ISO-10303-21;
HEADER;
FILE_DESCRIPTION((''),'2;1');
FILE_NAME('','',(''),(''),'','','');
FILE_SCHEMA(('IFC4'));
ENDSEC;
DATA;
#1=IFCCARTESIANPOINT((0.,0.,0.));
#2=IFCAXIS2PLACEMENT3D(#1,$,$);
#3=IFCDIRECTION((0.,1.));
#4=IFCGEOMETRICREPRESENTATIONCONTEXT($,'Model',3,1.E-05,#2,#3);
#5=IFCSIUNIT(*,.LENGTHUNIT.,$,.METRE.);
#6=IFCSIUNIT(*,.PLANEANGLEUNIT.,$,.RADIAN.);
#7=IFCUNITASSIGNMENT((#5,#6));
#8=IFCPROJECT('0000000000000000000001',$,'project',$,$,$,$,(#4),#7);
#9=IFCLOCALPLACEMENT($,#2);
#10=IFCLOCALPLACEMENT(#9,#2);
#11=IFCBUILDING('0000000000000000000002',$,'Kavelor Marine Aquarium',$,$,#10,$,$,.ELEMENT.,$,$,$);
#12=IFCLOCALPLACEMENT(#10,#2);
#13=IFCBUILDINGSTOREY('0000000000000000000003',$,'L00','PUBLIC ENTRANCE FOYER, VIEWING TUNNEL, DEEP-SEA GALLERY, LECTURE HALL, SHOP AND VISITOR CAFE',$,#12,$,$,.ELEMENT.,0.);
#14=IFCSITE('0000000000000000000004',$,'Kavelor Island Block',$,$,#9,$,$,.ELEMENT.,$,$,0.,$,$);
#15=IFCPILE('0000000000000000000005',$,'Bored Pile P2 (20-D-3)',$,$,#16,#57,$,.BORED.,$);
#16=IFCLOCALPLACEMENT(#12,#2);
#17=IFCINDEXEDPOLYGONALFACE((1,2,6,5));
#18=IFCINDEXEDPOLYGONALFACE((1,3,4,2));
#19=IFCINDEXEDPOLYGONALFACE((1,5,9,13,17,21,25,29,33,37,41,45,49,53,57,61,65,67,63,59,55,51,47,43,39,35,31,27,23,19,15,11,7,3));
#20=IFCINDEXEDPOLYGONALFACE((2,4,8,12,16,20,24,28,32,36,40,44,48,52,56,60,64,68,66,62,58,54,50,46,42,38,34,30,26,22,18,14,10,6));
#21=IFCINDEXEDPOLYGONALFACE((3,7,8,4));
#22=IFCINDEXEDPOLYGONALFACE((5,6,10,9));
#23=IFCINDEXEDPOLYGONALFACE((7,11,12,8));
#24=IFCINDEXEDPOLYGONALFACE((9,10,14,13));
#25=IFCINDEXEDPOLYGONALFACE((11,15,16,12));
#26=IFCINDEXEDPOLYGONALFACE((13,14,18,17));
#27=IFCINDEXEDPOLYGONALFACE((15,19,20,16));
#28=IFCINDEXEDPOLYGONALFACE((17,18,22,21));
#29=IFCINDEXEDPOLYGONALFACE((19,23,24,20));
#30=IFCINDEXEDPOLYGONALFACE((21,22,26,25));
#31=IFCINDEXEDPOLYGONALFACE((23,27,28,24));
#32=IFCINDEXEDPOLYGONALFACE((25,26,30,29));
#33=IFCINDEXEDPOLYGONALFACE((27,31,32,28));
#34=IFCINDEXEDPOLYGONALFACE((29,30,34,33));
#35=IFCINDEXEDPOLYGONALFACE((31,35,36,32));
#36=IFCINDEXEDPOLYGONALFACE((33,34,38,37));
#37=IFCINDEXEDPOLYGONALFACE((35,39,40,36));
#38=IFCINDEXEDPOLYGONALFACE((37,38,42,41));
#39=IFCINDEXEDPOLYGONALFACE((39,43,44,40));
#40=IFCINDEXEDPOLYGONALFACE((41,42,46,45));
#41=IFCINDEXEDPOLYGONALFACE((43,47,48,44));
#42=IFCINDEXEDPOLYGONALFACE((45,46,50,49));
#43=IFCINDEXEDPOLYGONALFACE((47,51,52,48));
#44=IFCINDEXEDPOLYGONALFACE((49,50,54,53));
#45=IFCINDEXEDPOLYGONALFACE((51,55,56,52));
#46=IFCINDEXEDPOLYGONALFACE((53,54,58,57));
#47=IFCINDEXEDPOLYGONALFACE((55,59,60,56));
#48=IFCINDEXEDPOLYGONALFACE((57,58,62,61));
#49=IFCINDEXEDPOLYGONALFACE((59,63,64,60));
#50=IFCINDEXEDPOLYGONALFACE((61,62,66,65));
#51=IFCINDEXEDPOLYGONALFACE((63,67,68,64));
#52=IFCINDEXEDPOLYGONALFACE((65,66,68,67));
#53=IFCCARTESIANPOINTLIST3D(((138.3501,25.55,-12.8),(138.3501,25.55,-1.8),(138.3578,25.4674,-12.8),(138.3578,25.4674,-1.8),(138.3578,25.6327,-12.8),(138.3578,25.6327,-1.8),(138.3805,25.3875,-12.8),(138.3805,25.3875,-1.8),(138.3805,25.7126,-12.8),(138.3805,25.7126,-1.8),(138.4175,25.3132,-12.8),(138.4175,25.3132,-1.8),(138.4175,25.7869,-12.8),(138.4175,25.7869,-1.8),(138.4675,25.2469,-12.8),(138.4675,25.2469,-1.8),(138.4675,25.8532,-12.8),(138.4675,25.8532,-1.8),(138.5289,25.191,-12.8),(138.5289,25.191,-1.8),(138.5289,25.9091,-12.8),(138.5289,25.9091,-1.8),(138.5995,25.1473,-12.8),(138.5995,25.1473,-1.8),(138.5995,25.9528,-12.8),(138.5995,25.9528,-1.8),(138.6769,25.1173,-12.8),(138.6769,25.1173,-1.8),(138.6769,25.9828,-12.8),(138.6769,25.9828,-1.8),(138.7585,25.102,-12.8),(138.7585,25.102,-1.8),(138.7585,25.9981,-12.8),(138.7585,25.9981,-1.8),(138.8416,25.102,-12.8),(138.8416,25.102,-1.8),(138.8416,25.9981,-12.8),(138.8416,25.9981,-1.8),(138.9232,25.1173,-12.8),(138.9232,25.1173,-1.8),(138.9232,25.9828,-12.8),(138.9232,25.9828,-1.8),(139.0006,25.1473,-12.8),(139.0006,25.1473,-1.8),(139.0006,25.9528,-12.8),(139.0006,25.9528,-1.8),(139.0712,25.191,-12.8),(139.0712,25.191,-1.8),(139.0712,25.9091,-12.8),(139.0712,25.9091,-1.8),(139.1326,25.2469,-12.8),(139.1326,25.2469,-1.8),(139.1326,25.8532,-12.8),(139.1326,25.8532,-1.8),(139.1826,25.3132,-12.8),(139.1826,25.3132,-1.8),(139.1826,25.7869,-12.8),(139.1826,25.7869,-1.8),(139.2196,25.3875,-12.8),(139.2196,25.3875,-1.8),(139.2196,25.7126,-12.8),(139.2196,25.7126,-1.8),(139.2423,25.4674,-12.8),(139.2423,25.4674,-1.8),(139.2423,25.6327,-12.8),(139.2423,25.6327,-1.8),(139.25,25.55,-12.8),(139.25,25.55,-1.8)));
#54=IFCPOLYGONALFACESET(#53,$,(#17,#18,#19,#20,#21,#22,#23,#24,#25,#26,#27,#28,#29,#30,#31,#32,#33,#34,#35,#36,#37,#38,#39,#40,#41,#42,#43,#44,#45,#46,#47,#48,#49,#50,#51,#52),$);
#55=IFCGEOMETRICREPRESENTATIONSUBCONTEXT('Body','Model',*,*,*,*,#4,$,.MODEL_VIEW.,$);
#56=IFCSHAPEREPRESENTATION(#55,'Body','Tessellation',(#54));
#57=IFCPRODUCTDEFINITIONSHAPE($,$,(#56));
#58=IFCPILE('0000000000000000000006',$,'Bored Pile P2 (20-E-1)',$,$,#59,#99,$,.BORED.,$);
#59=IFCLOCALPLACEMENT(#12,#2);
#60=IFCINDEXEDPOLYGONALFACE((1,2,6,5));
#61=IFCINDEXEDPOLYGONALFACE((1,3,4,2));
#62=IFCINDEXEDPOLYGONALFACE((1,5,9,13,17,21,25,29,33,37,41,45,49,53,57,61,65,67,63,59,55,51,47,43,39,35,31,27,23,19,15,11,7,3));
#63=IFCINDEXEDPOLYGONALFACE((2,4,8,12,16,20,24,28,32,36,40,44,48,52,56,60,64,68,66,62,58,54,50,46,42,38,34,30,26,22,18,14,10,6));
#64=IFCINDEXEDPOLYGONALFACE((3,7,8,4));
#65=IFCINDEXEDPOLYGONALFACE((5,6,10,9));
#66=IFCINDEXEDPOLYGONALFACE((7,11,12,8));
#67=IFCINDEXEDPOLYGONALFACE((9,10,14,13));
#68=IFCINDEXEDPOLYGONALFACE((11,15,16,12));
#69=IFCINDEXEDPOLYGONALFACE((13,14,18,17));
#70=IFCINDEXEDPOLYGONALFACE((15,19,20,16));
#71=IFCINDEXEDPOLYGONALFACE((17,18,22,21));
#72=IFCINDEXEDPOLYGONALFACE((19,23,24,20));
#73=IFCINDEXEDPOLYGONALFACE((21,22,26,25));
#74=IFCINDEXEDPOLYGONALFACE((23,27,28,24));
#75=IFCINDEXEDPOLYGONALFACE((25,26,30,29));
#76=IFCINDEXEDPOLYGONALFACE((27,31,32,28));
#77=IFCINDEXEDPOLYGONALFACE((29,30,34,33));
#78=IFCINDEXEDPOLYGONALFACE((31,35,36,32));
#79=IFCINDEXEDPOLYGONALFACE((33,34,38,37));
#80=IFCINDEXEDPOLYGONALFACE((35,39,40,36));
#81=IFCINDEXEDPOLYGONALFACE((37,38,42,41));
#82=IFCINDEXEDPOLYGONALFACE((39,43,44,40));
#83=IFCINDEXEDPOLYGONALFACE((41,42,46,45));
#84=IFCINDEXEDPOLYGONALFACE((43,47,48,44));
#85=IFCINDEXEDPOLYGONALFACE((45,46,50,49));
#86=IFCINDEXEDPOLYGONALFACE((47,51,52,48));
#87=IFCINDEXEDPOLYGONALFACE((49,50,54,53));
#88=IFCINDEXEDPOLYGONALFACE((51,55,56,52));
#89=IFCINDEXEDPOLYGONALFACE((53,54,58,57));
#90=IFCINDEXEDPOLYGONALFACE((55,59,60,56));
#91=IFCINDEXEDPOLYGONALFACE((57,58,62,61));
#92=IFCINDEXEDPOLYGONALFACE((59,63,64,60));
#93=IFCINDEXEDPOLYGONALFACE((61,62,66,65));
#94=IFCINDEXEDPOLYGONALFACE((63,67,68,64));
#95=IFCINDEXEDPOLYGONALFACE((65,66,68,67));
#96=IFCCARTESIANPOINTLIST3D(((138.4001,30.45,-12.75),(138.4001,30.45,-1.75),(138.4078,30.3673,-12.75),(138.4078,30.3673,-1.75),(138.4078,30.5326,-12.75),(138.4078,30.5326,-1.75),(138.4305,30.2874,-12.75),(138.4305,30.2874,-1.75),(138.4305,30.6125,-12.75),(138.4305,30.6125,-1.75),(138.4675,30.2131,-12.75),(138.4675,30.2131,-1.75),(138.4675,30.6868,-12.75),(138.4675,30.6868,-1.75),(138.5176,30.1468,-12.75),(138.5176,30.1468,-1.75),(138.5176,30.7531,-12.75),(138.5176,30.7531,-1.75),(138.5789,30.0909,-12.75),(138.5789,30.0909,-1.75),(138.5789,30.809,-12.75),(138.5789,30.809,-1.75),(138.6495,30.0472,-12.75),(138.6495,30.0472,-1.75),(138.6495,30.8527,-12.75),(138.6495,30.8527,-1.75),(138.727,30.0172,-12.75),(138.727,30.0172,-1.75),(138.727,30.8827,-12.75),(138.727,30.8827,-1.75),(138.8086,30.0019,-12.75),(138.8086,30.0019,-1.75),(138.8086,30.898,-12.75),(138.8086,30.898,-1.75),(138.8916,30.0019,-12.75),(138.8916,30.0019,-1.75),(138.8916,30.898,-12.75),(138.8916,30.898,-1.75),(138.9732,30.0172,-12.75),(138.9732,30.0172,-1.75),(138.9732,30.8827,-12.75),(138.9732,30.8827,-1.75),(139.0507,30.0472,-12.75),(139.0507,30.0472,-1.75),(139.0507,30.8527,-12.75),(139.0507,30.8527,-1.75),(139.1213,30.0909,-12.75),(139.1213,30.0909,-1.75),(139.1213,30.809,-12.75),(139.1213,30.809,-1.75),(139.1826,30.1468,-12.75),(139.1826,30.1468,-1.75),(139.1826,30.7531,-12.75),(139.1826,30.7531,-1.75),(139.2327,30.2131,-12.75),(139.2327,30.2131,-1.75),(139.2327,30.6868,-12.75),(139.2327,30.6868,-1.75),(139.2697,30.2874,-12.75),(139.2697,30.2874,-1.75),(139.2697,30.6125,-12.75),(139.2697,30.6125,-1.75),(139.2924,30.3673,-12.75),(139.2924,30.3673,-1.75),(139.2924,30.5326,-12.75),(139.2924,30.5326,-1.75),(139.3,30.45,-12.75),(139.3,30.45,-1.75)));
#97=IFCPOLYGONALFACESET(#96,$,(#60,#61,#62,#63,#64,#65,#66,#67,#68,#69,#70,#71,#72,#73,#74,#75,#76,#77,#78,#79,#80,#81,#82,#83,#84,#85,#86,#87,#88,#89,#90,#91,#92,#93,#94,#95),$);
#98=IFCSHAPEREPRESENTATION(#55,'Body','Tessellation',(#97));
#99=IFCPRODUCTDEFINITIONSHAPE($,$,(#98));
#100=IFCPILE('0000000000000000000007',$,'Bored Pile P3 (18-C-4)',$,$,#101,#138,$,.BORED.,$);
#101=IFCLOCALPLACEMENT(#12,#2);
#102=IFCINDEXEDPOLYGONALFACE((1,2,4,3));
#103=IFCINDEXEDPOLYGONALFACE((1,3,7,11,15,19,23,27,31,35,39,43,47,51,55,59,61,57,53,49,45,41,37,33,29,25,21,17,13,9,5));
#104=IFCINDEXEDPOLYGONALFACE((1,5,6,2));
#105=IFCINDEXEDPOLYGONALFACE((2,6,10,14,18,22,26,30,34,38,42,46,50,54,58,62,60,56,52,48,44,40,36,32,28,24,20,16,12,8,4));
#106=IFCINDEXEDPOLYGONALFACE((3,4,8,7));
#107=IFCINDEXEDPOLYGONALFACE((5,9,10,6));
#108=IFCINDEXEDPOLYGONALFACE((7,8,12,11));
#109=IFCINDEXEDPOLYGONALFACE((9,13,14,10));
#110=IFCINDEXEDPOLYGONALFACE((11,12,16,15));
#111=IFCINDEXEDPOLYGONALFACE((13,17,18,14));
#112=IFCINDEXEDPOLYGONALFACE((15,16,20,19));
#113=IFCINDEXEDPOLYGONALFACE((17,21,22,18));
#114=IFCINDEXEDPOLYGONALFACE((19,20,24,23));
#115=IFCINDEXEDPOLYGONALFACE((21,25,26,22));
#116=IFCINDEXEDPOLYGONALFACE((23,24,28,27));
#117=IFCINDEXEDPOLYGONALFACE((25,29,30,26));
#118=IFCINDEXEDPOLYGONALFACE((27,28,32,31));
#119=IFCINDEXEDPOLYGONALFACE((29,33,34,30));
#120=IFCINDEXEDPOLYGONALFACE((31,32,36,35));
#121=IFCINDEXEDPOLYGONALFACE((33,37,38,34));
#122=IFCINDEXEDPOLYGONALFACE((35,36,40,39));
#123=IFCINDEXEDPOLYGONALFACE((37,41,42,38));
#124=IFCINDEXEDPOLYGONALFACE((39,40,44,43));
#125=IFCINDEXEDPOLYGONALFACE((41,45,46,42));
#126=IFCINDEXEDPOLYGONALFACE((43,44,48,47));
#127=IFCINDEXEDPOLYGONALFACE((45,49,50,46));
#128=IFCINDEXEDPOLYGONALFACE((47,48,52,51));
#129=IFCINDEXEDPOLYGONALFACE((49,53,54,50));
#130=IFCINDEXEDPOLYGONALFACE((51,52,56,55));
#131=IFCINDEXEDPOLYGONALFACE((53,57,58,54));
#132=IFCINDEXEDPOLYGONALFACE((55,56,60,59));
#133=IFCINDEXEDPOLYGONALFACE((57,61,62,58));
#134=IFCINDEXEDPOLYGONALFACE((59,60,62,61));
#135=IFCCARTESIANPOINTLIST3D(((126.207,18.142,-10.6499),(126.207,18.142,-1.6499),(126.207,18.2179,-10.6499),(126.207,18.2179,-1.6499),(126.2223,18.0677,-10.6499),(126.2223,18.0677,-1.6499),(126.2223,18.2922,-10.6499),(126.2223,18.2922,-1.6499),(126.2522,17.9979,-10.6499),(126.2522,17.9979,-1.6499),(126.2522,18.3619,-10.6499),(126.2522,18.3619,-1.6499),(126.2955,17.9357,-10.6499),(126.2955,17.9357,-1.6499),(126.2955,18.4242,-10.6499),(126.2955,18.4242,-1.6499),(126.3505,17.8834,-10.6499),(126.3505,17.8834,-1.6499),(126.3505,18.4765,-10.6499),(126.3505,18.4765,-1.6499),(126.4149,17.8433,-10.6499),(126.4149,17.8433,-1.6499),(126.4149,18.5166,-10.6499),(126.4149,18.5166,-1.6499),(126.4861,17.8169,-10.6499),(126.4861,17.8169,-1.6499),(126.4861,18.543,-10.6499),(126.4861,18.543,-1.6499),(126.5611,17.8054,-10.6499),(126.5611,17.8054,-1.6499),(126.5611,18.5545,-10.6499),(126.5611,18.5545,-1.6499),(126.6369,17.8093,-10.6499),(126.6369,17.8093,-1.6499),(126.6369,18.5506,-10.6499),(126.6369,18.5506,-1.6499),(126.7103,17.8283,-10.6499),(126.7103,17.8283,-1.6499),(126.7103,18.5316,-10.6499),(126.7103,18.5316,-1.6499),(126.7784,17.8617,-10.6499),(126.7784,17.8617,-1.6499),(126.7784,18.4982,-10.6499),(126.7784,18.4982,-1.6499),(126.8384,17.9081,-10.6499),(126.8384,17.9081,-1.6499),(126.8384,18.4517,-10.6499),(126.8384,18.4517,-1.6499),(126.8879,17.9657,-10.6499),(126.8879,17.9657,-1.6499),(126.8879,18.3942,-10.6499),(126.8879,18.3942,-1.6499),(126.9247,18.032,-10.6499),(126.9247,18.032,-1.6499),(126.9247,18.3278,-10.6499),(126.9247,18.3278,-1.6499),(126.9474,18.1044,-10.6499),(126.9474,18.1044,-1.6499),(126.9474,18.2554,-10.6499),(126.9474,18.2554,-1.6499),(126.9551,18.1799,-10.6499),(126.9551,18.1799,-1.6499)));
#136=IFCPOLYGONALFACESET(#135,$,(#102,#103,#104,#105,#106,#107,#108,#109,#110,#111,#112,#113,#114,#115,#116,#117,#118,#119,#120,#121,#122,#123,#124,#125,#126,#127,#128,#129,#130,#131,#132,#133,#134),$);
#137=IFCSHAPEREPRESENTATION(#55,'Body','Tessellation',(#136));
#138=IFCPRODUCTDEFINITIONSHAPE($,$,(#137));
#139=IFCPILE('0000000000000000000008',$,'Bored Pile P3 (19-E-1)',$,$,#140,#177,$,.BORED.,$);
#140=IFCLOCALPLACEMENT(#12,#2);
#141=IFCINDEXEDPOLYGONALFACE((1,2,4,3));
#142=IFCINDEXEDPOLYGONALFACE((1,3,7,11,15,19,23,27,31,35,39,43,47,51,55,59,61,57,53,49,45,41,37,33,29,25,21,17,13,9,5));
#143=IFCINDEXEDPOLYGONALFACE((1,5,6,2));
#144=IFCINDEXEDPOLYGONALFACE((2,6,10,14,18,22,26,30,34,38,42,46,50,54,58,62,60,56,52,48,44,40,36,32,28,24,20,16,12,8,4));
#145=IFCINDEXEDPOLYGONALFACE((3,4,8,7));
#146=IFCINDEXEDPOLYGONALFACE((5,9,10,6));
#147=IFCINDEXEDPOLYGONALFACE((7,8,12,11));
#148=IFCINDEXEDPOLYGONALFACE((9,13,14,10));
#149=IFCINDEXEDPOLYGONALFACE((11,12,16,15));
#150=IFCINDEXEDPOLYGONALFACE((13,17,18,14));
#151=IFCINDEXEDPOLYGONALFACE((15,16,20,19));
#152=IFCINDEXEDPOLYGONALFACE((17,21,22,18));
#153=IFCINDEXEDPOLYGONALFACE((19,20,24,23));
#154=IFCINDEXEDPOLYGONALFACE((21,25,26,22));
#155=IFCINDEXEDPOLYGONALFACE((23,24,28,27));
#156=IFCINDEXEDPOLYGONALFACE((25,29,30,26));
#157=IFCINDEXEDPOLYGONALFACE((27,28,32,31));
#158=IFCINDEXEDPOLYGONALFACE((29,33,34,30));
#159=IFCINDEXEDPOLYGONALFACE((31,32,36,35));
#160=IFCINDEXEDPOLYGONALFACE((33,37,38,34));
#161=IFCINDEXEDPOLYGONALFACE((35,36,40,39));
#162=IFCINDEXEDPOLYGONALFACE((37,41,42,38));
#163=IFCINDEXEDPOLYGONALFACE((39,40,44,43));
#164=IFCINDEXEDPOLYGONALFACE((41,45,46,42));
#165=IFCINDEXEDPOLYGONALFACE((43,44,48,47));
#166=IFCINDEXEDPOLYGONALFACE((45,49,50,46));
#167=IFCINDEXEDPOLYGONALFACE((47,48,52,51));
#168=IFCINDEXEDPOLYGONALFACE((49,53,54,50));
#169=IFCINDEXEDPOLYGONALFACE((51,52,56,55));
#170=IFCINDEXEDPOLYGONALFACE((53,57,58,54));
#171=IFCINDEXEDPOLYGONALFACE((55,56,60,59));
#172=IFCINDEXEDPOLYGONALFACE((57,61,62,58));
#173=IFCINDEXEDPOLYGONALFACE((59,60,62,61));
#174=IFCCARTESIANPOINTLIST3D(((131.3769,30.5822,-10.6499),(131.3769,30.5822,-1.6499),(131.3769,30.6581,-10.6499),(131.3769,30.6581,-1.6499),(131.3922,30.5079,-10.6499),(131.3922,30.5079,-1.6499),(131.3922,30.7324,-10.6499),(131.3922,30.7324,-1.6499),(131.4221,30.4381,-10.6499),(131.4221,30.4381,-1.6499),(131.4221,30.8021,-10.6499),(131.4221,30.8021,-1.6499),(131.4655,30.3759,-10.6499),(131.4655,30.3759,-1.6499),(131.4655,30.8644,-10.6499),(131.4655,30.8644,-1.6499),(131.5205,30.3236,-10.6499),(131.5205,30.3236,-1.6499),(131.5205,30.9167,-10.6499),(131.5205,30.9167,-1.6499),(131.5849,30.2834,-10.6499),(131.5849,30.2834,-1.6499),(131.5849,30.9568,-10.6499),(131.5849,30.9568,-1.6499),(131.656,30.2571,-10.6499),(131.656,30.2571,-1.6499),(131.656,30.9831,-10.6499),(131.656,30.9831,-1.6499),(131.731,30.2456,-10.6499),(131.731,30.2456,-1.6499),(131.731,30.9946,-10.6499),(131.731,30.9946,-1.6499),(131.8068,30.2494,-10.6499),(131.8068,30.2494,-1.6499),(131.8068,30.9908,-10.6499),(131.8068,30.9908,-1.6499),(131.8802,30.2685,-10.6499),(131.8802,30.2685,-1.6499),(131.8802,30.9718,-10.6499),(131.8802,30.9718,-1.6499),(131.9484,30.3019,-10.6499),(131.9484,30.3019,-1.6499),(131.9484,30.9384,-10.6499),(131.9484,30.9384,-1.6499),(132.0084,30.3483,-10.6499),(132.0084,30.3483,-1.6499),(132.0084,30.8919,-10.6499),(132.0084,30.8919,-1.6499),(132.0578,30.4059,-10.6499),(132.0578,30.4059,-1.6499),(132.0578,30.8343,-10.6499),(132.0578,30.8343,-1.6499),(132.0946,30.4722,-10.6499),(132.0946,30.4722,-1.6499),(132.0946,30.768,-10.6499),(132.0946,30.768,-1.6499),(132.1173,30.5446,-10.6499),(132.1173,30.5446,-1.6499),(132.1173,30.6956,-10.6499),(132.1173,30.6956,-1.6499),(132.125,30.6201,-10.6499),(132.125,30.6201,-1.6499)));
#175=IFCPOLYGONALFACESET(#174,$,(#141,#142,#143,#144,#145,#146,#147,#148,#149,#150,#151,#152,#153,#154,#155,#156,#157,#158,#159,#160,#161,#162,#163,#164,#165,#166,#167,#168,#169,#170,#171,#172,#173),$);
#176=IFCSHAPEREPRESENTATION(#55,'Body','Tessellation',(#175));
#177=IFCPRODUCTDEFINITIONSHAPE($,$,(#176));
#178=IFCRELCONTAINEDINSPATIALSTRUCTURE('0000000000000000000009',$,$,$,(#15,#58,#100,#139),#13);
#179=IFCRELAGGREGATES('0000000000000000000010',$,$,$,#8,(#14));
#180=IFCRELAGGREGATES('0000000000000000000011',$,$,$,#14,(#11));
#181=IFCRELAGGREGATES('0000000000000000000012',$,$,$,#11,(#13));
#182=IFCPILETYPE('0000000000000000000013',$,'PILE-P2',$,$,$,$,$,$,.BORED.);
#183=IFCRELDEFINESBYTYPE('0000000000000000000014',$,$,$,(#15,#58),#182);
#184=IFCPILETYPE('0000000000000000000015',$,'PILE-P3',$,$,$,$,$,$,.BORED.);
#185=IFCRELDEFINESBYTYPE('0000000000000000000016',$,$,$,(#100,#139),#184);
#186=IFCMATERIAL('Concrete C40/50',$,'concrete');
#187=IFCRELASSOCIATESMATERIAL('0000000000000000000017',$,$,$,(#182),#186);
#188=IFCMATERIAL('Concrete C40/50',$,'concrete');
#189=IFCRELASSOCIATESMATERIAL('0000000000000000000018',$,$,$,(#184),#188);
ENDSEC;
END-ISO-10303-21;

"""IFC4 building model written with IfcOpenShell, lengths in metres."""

from ifc_helpers import new_model, si_unit, direction, frame, origin, origin_2d, place, context, subcontext, project, spatial, circle, extrude, material, material_profile, profile_set, type_object, element, save


model = new_model("IFC4")

# Units and contexts
model_context = context("Model", 3, precision=1e-05, world=origin(), true_north=direction((0.0, 1.0)))
body_context = subcontext(model_context, "Body", "Model", "MODEL_VIEW")
ifc_project = project(units=[si_unit("LENGTHUNIT", "METRE"), si_unit("PLANEANGLEUNIT", "RADIAN")], contexts=[model_context])

# Site, building, storey
site_placement = place(None, origin())
site = spatial("IfcSite", under=ifc_project, at=site_placement, Name="Kavelor Island Block", CompositionType="ELEMENT", RefElevation=0.0)
building_placement = place(site_placement, origin())
building = spatial("IfcBuilding", under=site, at=building_placement, Name="Kavelor Marine Aquarium", CompositionType="ELEMENT")
storey_placement = place(building_placement, origin())
storey = spatial("IfcBuildingStorey", under=building, at=storey_placement, Name="L00", Description="PUBLIC ENTRANCE FOYER, VIEWING TUNNEL, DEEP-SEA GALLERY, LECTURE HALL, SHOP AND VISITOR CAFE", CompositionType="ELEMENT", Elevation=0.0)

# Piles
ifc_material_1 = material(Name="Concrete C40/50", Category="concrete")
ifc_material_profile_1 = material_profile(ifc_material_1, circle(Radius=0.45, at=origin_2d()), Name="PILE D900")
ifc_profile_set_1 = profile_set([ifc_material_profile_1], Name="Concrete C40/50")
pile_type_1 = type_object("IfcPileType", Name="PILE-P2", PredefinedType="BORED", material=ifc_profile_set_1)
for number, where, z_axis, x_axis, name in (
    (1, (138.8, 25.55, -1.8), (0.0, 0.0, -1.0), (1.0, 0.0, 0.0), "Bored Pile P2 (20-D-3)"),
    (2, (138.8501, 30.45, -1.75), (0.0, 0.0, -1.0), (1.0, 0.0, 0.0), "Bored Pile P2 (20-E-1)"),
):
    element("IfcPile", number, at=place(storey_placement, frame(where, z_axis=z_axis, x_axis=x_axis)), inside=storey, type_object=pile_type_1, Name=name, PredefinedType="BORED", context=body_context, shape_type="SweptSolid", body=[
        extrude(circle(Radius=0.45, at=origin_2d()), origin(), (0.0, 0.0, 1.0), 11.0),
    ])
ifc_material_2 = material(Name="Concrete C40/50", Category="concrete")
ifc_material_profile_2 = material_profile(ifc_material_2, circle(Radius=0.375, at=origin_2d()), Name="PILE D750")
ifc_profile_set_2 = profile_set([ifc_material_profile_2], Name="Concrete C40/50")
pile_type_2 = type_object("IfcPileType", Name="PILE-P3", PredefinedType="BORED", material=ifc_profile_set_2)
for number, where, z_axis, x_axis, name in (
    (3, (126.5801, 18.1799, -1.6499), (0.0, 0.0, -1.0), (1.0, 0.0, 0.0), "Bored Pile P3 (18-C-4)"),
    (4, (131.75, 30.6201, -1.6499), (0.0, 0.0, -1.0), (1.0, 0.0, 0.0), "Bored Pile P3 (19-E-1)"),
):
    element("IfcPile", number, at=place(storey_placement, frame(where, z_axis=z_axis, x_axis=x_axis)), inside=storey, type_object=pile_type_2, Name=name, PredefinedType="BORED", context=body_context, shape_type="SweptSolid", body=[
        extrude(circle(Radius=0.375, at=origin_2d()), origin(), (0.0, 0.0, 1.0), 9.0),
    ])

save(model, "model.ifc")
